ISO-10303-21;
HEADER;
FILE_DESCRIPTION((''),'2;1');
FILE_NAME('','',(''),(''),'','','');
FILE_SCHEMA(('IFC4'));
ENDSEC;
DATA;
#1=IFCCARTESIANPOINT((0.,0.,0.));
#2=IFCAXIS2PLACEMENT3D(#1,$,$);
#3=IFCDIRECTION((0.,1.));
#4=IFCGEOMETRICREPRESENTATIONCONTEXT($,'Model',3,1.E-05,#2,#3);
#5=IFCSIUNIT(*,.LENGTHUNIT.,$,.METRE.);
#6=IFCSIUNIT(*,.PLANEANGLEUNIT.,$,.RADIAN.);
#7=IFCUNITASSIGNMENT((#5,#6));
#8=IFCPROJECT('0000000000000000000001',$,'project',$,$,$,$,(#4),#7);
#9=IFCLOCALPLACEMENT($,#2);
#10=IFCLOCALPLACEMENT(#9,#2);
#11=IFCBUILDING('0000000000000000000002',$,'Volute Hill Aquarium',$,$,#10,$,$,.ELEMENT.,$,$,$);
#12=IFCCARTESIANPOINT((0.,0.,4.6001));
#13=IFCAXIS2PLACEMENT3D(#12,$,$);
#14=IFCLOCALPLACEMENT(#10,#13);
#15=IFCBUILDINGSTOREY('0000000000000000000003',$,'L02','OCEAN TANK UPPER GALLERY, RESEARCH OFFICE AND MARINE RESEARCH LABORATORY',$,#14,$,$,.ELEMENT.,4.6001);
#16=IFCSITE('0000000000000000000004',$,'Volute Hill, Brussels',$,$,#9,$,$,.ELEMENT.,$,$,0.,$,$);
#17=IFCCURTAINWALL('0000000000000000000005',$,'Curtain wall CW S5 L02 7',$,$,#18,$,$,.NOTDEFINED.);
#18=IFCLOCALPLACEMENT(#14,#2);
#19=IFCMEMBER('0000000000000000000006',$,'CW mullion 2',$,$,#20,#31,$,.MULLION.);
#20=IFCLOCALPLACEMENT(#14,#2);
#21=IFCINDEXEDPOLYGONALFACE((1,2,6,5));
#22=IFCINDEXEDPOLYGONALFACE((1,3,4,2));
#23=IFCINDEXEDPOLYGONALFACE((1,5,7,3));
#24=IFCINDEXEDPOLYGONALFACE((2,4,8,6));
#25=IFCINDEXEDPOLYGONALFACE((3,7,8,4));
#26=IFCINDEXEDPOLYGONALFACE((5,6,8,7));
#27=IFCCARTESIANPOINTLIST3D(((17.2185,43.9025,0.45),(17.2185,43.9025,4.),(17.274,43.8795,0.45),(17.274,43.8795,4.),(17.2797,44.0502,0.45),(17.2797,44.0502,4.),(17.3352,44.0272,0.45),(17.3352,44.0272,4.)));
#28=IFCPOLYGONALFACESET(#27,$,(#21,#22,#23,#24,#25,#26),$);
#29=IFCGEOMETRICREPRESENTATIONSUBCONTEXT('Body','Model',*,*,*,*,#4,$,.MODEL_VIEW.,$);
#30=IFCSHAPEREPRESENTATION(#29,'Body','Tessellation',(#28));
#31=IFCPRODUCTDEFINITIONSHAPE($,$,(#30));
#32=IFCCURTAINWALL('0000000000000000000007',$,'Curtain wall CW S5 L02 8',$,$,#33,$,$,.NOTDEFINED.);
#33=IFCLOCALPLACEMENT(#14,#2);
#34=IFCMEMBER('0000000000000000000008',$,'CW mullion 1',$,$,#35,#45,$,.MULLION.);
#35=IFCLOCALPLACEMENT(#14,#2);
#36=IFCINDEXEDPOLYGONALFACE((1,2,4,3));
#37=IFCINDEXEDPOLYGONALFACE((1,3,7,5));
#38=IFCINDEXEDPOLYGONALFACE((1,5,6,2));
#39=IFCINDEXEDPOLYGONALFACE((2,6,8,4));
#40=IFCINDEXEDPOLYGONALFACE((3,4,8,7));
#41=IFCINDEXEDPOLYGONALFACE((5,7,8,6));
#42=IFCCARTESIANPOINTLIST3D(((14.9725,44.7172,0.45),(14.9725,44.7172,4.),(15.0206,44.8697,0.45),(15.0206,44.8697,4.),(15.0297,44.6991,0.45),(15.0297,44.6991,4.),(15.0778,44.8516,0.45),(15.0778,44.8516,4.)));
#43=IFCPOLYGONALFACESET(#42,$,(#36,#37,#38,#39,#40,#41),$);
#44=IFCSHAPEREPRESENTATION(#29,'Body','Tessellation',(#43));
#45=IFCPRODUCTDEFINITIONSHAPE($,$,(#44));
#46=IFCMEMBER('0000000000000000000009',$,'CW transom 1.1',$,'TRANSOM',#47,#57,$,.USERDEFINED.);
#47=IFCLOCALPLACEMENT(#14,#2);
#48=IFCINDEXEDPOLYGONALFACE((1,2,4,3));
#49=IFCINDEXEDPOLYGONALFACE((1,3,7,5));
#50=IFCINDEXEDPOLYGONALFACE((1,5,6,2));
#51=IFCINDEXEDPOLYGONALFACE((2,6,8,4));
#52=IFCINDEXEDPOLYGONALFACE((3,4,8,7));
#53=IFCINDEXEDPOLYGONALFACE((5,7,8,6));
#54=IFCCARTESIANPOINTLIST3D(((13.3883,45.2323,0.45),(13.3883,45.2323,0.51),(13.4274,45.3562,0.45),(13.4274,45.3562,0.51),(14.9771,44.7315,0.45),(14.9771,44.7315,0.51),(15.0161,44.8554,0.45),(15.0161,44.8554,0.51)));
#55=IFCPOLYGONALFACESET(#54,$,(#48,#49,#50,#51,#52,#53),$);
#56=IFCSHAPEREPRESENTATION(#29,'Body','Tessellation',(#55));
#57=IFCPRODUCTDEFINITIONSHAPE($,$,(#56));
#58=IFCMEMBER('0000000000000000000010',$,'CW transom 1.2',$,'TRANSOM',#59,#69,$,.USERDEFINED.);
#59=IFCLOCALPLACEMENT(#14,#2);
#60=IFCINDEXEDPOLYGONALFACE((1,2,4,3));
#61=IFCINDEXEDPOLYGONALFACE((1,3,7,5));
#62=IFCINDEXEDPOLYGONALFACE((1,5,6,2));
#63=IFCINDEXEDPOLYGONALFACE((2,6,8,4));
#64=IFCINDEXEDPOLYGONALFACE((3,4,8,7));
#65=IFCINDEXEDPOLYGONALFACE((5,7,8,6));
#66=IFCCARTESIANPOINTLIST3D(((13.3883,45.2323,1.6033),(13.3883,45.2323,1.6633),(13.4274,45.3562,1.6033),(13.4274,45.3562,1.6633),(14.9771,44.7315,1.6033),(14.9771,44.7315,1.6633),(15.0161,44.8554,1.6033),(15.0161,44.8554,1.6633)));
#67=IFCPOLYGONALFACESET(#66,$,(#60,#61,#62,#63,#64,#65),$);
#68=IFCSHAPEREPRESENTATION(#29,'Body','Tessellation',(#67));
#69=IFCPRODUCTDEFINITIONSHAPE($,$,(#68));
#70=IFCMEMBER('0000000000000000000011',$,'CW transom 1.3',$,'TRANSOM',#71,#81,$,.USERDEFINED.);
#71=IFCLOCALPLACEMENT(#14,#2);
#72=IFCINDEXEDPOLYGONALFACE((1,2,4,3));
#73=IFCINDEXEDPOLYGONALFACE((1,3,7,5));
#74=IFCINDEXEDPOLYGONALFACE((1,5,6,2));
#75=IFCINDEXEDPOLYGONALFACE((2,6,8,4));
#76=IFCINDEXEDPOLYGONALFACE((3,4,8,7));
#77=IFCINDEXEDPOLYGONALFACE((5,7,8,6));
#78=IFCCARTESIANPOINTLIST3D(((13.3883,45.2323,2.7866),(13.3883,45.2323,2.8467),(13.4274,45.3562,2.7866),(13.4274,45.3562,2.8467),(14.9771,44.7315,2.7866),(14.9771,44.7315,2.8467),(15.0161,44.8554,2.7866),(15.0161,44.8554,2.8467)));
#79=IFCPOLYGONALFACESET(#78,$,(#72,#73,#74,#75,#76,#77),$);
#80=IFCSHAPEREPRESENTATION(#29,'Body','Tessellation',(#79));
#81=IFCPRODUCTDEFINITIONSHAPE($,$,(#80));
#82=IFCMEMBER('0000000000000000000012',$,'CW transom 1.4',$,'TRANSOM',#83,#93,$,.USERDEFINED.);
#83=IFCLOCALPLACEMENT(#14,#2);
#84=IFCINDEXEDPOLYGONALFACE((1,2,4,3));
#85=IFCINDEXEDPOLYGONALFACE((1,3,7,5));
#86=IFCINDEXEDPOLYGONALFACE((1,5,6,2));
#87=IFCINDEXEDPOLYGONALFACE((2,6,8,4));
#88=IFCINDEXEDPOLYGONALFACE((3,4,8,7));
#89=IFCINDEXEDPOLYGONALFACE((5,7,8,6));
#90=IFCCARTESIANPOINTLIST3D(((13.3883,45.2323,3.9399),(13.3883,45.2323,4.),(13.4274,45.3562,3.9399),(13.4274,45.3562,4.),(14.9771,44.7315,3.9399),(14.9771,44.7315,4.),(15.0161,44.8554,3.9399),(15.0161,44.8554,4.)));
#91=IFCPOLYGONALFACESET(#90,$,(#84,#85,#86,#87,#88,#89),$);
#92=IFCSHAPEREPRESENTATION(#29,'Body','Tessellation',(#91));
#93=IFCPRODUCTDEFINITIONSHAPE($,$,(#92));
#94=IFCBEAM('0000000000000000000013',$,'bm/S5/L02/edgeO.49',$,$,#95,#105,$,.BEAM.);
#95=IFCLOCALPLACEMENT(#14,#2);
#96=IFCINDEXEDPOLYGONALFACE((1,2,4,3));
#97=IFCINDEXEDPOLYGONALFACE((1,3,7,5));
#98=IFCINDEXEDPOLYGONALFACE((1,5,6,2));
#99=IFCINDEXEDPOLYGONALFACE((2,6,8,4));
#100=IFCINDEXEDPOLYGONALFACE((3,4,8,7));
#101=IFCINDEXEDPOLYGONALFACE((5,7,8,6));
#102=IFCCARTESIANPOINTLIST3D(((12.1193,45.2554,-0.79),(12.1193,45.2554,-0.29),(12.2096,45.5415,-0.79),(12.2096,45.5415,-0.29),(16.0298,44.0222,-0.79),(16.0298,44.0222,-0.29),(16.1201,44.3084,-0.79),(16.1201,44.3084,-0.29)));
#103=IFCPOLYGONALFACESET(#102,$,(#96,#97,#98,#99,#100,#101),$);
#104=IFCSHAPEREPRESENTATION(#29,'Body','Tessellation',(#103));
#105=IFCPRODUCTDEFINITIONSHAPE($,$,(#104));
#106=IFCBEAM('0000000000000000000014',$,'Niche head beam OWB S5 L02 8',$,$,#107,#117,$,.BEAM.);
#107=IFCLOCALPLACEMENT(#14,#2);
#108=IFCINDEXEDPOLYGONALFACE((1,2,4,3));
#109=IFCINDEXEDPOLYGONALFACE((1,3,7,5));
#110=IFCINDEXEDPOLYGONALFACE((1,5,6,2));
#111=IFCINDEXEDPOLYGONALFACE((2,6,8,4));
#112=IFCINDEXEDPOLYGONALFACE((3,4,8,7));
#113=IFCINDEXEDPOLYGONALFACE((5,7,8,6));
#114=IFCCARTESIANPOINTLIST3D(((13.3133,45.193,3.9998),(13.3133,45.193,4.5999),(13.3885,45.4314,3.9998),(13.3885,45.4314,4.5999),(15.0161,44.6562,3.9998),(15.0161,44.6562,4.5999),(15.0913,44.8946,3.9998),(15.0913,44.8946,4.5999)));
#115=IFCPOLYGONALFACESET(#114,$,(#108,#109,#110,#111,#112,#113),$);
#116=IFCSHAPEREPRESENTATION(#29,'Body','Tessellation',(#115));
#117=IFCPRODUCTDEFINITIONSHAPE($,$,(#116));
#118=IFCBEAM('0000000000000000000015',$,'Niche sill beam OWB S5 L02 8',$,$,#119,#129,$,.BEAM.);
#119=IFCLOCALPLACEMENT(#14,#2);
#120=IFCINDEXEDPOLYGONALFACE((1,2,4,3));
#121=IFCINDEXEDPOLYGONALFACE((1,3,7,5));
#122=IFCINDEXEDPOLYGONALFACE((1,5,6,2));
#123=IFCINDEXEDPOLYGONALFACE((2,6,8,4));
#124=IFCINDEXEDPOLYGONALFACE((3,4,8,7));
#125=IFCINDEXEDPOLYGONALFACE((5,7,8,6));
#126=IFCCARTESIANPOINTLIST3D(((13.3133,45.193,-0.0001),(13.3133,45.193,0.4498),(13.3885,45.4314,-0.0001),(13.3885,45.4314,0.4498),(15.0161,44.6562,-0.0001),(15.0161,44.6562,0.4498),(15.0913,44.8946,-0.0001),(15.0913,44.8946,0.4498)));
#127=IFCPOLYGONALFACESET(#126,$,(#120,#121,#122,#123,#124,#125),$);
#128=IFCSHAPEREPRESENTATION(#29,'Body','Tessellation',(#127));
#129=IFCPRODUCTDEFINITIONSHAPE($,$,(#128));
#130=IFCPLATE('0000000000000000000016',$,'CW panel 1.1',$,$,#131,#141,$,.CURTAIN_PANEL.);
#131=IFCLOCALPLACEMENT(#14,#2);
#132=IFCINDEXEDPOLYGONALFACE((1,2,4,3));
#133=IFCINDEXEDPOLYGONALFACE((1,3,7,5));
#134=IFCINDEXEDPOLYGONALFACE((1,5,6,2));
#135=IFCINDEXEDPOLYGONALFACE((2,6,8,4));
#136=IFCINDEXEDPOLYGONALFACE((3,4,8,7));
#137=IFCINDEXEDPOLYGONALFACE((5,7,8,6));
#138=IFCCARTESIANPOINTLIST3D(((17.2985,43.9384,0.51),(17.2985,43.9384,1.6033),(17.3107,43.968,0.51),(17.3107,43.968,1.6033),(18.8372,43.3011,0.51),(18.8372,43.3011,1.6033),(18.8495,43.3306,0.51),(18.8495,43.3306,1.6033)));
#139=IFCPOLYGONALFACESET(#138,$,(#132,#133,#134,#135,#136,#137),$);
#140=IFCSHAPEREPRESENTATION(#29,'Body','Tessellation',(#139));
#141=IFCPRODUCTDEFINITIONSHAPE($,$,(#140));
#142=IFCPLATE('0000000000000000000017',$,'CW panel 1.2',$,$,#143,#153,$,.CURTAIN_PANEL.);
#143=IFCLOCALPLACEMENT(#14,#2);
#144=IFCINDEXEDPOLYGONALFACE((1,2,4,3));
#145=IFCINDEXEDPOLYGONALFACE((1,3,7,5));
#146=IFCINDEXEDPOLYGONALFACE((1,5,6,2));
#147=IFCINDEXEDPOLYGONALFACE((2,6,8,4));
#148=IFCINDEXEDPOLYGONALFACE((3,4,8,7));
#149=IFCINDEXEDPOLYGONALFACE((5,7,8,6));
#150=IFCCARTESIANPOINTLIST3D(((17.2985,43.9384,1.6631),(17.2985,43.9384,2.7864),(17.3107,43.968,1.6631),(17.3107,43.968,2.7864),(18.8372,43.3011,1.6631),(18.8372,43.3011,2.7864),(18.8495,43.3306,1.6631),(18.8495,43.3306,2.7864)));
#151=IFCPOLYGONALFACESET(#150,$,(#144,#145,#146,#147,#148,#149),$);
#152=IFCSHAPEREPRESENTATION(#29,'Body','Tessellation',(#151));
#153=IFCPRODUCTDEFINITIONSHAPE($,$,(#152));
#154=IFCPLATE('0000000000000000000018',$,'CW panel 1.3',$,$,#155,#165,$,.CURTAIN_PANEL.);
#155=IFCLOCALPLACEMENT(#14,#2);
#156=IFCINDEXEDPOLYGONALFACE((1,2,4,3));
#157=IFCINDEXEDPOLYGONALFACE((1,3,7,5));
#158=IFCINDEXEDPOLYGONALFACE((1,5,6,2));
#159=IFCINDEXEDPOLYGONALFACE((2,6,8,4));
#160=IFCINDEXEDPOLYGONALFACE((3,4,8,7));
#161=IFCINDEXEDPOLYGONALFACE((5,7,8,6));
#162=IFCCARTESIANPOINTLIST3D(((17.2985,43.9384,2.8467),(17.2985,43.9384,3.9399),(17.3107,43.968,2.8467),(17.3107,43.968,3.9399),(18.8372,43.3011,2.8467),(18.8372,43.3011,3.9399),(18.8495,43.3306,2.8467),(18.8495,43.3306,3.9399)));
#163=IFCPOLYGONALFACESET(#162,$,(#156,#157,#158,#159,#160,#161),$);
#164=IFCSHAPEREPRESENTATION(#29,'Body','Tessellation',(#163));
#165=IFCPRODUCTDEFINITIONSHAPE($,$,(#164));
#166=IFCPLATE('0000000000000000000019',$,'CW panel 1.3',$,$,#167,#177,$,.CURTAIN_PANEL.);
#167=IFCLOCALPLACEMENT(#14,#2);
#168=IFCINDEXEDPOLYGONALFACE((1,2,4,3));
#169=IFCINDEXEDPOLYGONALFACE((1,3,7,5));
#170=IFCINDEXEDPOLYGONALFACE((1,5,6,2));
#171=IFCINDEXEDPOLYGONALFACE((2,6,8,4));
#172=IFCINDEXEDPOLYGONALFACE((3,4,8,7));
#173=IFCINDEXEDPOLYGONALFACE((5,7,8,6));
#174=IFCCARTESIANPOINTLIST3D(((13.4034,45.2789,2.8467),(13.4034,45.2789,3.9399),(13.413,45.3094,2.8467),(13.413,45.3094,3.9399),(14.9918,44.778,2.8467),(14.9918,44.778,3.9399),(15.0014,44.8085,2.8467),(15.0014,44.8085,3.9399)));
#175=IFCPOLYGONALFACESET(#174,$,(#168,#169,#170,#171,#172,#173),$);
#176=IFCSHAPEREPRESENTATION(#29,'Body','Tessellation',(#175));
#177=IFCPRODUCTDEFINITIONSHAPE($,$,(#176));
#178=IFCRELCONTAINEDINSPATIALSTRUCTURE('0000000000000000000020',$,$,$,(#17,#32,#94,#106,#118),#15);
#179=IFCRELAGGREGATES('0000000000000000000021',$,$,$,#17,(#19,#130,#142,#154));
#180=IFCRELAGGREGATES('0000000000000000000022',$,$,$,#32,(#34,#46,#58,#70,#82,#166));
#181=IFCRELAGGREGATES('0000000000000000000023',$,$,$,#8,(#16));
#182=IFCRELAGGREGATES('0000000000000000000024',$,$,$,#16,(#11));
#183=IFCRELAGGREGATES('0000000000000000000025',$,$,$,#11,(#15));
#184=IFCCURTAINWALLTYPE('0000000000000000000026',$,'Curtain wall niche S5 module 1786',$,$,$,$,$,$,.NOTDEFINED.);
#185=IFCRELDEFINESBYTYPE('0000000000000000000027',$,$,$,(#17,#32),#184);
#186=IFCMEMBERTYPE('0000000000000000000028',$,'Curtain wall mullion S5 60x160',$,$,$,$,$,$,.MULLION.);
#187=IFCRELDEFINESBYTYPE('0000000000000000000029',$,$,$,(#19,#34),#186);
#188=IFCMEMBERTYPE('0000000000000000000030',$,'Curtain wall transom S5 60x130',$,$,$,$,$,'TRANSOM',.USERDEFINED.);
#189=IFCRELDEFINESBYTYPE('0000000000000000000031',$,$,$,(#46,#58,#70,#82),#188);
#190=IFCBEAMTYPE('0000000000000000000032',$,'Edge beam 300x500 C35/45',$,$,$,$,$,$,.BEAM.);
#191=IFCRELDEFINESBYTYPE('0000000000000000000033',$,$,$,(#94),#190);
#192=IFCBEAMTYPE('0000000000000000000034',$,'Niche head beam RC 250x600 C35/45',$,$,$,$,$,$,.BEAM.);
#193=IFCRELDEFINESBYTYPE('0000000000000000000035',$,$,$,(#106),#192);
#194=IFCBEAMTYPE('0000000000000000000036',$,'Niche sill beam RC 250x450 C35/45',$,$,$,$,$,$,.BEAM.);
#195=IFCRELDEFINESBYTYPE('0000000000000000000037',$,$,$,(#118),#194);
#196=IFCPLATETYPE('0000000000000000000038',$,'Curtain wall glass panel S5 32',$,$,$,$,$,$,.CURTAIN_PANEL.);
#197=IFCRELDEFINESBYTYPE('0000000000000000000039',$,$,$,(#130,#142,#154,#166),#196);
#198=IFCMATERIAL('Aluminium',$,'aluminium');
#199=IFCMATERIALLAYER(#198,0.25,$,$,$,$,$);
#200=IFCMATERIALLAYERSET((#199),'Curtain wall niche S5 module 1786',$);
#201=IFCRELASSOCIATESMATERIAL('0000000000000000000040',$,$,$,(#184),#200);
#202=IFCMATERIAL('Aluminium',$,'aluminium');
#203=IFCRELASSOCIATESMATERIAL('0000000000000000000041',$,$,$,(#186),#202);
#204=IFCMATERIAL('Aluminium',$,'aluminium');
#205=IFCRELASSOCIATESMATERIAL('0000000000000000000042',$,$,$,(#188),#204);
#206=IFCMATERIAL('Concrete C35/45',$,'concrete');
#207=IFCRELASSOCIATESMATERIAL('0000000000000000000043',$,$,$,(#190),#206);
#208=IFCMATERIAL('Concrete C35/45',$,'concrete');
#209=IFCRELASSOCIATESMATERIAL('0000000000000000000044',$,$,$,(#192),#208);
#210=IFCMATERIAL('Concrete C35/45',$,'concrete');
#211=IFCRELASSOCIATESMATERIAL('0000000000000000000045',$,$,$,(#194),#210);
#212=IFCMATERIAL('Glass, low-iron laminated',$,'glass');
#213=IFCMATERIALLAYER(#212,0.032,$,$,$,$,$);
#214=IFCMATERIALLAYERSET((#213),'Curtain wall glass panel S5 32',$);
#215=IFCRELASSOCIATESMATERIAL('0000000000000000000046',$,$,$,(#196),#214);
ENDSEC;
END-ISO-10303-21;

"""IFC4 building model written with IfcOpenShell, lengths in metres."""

from ifc_helpers import new_model, si_unit, direction, frame, origin, origin_2d, place, context, subcontext, project, spatial, rectangle, extrude, material, layer, layer_set, material_profile, profile_set, type_object, element, aggregate, save


model = new_model("IFC4")

# Units and contexts
model_context = context("Model", 3, precision=1e-05, world=origin(), true_north=direction((0.0, 1.0)))
body_context = subcontext(model_context, "Body", "Model", "MODEL_VIEW")
ifc_project = project(units=[si_unit("LENGTHUNIT", "METRE"), si_unit("PLANEANGLEUNIT", "RADIAN")], contexts=[model_context])

# Site, building, storey
site_placement = place(None, origin())
site = spatial("IfcSite", under=ifc_project, at=site_placement, Name="Volute Hill, Brussels", CompositionType="ELEMENT", RefElevation=0.0)
building_placement = place(site_placement, origin())
building = spatial("IfcBuilding", under=site, at=building_placement, Name="Volute Hill Aquarium", CompositionType="ELEMENT")
storey_placement = place(building_placement, frame((0.0, 0.0, 4.6001)))
storey = spatial("IfcBuildingStorey", under=building, at=storey_placement, Name="L02", Description="OCEAN TANK UPPER GALLERY, RESEARCH OFFICE AND MARINE RESEARCH LABORATORY", CompositionType="ELEMENT", Elevation=4.6001)

# Curtain wall, member
ifc_material_1 = material(Name="Aluminium", Category="aluminium")
ifc_layer_1 = layer(ifc_material_1, 0.25)
ifc_layer_set_1 = layer_set([ifc_layer_1], Name="Curtain wall niche S5 module 1786")
curtain_wall_type = type_object("IfcCurtainWallType", Name="Curtain wall niche S5 module 1786", PredefinedType="NOTDEFINED", material=ifc_layer_set_1)
curtain_wall_1_placement = place(storey_placement, origin())
curtain_wall_1 = element("IfcCurtainWall", 1, at=curtain_wall_1_placement, inside=storey, type_object=curtain_wall_type, Name="Curtain wall CW S5 L02 7", PredefinedType="NOTDEFINED")
ifc_material_2 = material(Name="Aluminium", Category="aluminium")
ifc_material_profile_1 = material_profile(ifc_material_2, rectangle(XDim=0.1599, YDim=0.0601, at=origin_2d()), Name="Curtain wall mullion S5 60x160")
ifc_profile_set_1 = profile_set([ifc_material_profile_1], Name="Aluminium")
member_type_1 = type_object("IfcMemberType", Name="Curtain wall mullion S5 60x160", PredefinedType="MULLION", material=ifc_profile_set_1)
member_1_placement = place(storey_placement, frame((17.2769, 43.9648, 0.45), z_axis=(0.0, 0.0, 1.0), x_axis=(-0.382686, -0.923878, 0.0)))
member_1 = element("IfcMember", 2, at=member_1_placement, type_object=member_type_1, Name="CW mullion 2", PredefinedType="MULLION", context=body_context, shape_type="SweptSolid", body=[
    extrude(rectangle(XDim=0.1599, YDim=0.0601, at=origin_2d()), origin(), (0.0, 0.0, 1.0), 3.55),
])

# Curtain wall, members
curtain_wall_2_placement = place(storey_placement, origin())
curtain_wall_2 = element("IfcCurtainWall", 3, at=curtain_wall_2_placement, inside=storey, type_object=curtain_wall_type, Name="Curtain wall CW S5 L02 8", PredefinedType="NOTDEFINED")
member_2_placement = place(storey_placement, frame((15.0251, 44.7844, 0.45), z_axis=(0.0, 0.0, 1.0), x_axis=(-0.300704, -0.953718, 0.0)))
member_2 = element("IfcMember", 4, at=member_2_placement, type_object=member_type_1, Name="CW mullion 1", PredefinedType="MULLION", context=body_context, shape_type="SweptSolid", body=[
    extrude(rectangle(XDim=0.1599, YDim=0.0601, at=origin_2d()), origin(), (0.0, 0.0, 1.0), 3.55),
])
ifc_material_3 = material(Name="Aluminium", Category="aluminium")
ifc_material_profile_2 = material_profile(ifc_material_3, rectangle(XDim=0.1299, YDim=0.0601, at=origin_2d()), Name="Curtain wall transom S5 60x130")
ifc_profile_set_2 = profile_set([ifc_material_profile_2], Name="Aluminium")
member_type_2 = type_object("IfcMemberType", Name="Curtain wall transom S5 60x130", ElementType="TRANSOM", PredefinedType="USERDEFINED", material=ifc_profile_set_2)
member_3_placement = place(storey_placement, frame((14.9966, 44.7935, 0.48), z_axis=(-0.953744, 0.300619, 0.0), x_axis=(-0.300619, -0.953744, 0.0)))
member_3 = element("IfcMember", 5, at=member_3_placement, type_object=member_type_2, Name="CW transom 1.1", ObjectType="TRANSOM", PredefinedType="USERDEFINED", context=body_context, shape_type="SweptSolid", body=[
    extrude(rectangle(XDim=0.1299, YDim=0.0601, at=origin_2d()), origin(), (0.0, 0.0, 1.0), 1.6658),
])
member_4_placement = place(storey_placement, frame((14.9966, 44.7935, 1.6333), z_axis=(-0.953744, 0.300619, 0.0), x_axis=(-0.300619, -0.953744, 0.0)))
member_4 = element("IfcMember", 6, at=member_4_placement, type_object=member_type_2, Name="CW transom 1.2", ObjectType="TRANSOM", PredefinedType="USERDEFINED", context=body_context, shape_type="SweptSolid", body=[
    extrude(rectangle(XDim=0.1299, YDim=0.0601, at=origin_2d()), origin(), (0.0, 0.0, 1.0), 1.6658),
])
member_5_placement = place(storey_placement, frame((14.9966, 44.7935, 2.8167), z_axis=(-0.953744, 0.300619, 0.0), x_axis=(-0.300619, -0.953744, 0.0)))
member_5 = element("IfcMember", 7, at=member_5_placement, type_object=member_type_2, Name="CW transom 1.3", ObjectType="TRANSOM", PredefinedType="USERDEFINED", context=body_context, shape_type="SweptSolid", body=[
    extrude(rectangle(XDim=0.1299, YDim=0.0601, at=origin_2d()), origin(), (0.0, 0.0, 1.0), 1.6658),
])
member_6_placement = place(storey_placement, frame((14.9966, 44.7935, 3.97), z_axis=(-0.953744, 0.300619, 0.0), x_axis=(-0.300619, -0.953744, 0.0)))
member_6 = element("IfcMember", 8, at=member_6_placement, type_object=member_type_2, Name="CW transom 1.4", ObjectType="TRANSOM", PredefinedType="USERDEFINED", context=body_context, shape_type="SweptSolid", body=[
    extrude(rectangle(XDim=0.1299, YDim=0.0601, at=origin_2d()), origin(), (0.0, 0.0, 1.0), 1.6658),
])

# Beams
ifc_material_4 = material(Name="Concrete C35/45", Category="concrete")
ifc_material_profile_3 = material_profile(ifc_material_4, rectangle(XDim=0.3, YDim=0.5, at=origin_2d()), Name="RC edge beam 300x500")
ifc_profile_set_3 = profile_set([ifc_material_profile_3], Name="Concrete C35/45")
beam_type_1 = type_object("IfcBeamType", Name="Edge beam 300x500 C35/45", PredefinedType="BEAM", material=ifc_profile_set_3)
beam_1_placement = place(storey_placement, frame((16.075, 44.1653, -0.54), z_axis=(-0.953702, 0.300752, 0.0), x_axis=(-0.300752, -0.953702, 0.0)))
element("IfcBeam", 9, at=beam_1_placement, inside=storey, type_object=beam_type_1, Name="bm/S5/L02/edgeO.49", PredefinedType="BEAM", context=body_context, shape_type="SweptSolid", body=[
    extrude(rectangle(XDim=0.3, YDim=0.5, at=origin_2d()), origin(), (0.0, 0.0, 1.0), 4.1003),
])
ifc_material_5 = material(Name="Concrete C35/45", Category="concrete")
ifc_material_profile_4 = material_profile(ifc_material_5, rectangle(XDim=0.25, YDim=0.6001, at=origin_2d()), Name="RC beam 250x600")
ifc_profile_set_4 = profile_set([ifc_material_profile_4], Name="Concrete C35/45")
beam_type_2 = type_object("IfcBeamType", Name="Niche head beam RC 250x600 C35/45", PredefinedType="BEAM", material=ifc_profile_set_4)
beam_2_placement = place(storey_placement, frame((15.0537, 44.7754, 4.2998), z_axis=(-0.953725, 0.30068, 0.0), x_axis=(-0.30068, -0.953725, 0.0)))
element("IfcBeam", 10, at=beam_2_placement, inside=storey, type_object=beam_type_2, Name="Niche head beam OWB S5 L02 8", PredefinedType="BEAM", context=body_context, shape_type="SweptSolid", body=[
    extrude(rectangle(XDim=0.25, YDim=0.6001, at=origin_2d()), origin(), (0.0, 0.0, 1.0), 1.7854),
])
ifc_material_6 = material(Name="Concrete C35/45", Category="concrete")
ifc_material_profile_5 = material_profile(ifc_material_6, rectangle(XDim=0.25, YDim=0.45, at=origin_2d()), Name="RC beam 250x450")
ifc_profile_set_5 = profile_set([ifc_material_profile_5], Name="Concrete C35/45")
beam_type_3 = type_object("IfcBeamType", Name="Niche sill beam RC 250x450 C35/45", PredefinedType="BEAM", material=ifc_profile_set_5)
beam_3_placement = place(storey_placement, frame((15.0537, 44.7754, 0.2249), z_axis=(-0.953725, 0.30068, 0.0), x_axis=(-0.30068, -0.953725, 0.0)))
element("IfcBeam", 11, at=beam_3_placement, inside=storey, type_object=beam_type_3, Name="Niche sill beam OWB S5 L02 8", PredefinedType="BEAM", context=body_context, shape_type="SweptSolid", body=[
    extrude(rectangle(XDim=0.25, YDim=0.45, at=origin_2d()), origin(), (0.0, 0.0, 1.0), 1.7854),
])

# Plates
ifc_material_7 = material(Name="Glass, low-iron laminated", Category="glass")
ifc_layer_2 = layer(ifc_material_7, 0.032)
ifc_layer_set_2 = layer_set([ifc_layer_2], Name="Curtain wall glass panel S5 32")
plate_type = type_object("IfcPlateType", Name="Curtain wall glass panel S5 32", PredefinedType="CURTAIN_PANEL", material=ifc_layer_set_2)
plate_1_placement = place(storey_placement, frame((18.074, 43.6345, 0.51), z_axis=(0.0, 0.0, 1.0), x_axis=(-0.923878, 0.382686, 0.0)))
plate_1 = element("IfcPlate", 12, at=plate_1_placement, type_object=plate_type, Name="CW panel 1.1", PredefinedType="CURTAIN_PANEL", context=body_context, shape_type="SweptSolid", body=[
    extrude(rectangle(XDim=1.6655, YDim=0.032, at=origin_2d()), origin(), (0.0, 0.0, 1.0), 1.0933),
])
plate_2_placement = place(storey_placement, frame((18.074, 43.6345, 1.6631), z_axis=(0.0, 0.0, 1.0), x_axis=(-0.923878, 0.382686, 0.0)))
plate_2 = element("IfcPlate", 13, at=plate_2_placement, type_object=plate_type, Name="CW panel 1.2", PredefinedType="CURTAIN_PANEL", context=body_context, shape_type="SweptSolid", body=[
    extrude(rectangle(XDim=1.6655, YDim=0.032, at=origin_2d()), origin(), (0.0, 0.0, 1.0), 1.1233),
])
plate_3_placement = place(storey_placement, frame((18.074, 43.6345, 2.8467), z_axis=(0.0, 0.0, 1.0), x_axis=(-0.923878, 0.382686, 0.0)))
plate_3 = element("IfcPlate", 14, at=plate_3_placement, type_object=plate_type, Name="CW panel 1.3", PredefinedType="CURTAIN_PANEL", context=body_context, shape_type="SweptSolid", body=[
    extrude(rectangle(XDim=1.6655, YDim=0.032, at=origin_2d()), origin(), (0.0, 0.0, 1.0), 1.0933),
])
aggregate(curtain_wall_1, [member_1, plate_1, plate_2, plate_3])
plate_4_placement = place(storey_placement, frame((14.2024, 45.0437, 2.8467), z_axis=(0.0, 0.0, 1.0), x_axis=(-0.953718, 0.300704, 0.0)))
plate_4 = element("IfcPlate", 15, at=plate_4_placement, type_object=plate_type, Name="CW panel 1.3", PredefinedType="CURTAIN_PANEL", context=body_context, shape_type="SweptSolid", body=[
    extrude(rectangle(XDim=1.6655, YDim=0.032, at=origin_2d()), origin(), (0.0, 0.0, 1.0), 1.0933),
])
aggregate(curtain_wall_2, [member_2, member_3, member_4, member_5, member_6, plate_4])

save(model, "model.ifc")
